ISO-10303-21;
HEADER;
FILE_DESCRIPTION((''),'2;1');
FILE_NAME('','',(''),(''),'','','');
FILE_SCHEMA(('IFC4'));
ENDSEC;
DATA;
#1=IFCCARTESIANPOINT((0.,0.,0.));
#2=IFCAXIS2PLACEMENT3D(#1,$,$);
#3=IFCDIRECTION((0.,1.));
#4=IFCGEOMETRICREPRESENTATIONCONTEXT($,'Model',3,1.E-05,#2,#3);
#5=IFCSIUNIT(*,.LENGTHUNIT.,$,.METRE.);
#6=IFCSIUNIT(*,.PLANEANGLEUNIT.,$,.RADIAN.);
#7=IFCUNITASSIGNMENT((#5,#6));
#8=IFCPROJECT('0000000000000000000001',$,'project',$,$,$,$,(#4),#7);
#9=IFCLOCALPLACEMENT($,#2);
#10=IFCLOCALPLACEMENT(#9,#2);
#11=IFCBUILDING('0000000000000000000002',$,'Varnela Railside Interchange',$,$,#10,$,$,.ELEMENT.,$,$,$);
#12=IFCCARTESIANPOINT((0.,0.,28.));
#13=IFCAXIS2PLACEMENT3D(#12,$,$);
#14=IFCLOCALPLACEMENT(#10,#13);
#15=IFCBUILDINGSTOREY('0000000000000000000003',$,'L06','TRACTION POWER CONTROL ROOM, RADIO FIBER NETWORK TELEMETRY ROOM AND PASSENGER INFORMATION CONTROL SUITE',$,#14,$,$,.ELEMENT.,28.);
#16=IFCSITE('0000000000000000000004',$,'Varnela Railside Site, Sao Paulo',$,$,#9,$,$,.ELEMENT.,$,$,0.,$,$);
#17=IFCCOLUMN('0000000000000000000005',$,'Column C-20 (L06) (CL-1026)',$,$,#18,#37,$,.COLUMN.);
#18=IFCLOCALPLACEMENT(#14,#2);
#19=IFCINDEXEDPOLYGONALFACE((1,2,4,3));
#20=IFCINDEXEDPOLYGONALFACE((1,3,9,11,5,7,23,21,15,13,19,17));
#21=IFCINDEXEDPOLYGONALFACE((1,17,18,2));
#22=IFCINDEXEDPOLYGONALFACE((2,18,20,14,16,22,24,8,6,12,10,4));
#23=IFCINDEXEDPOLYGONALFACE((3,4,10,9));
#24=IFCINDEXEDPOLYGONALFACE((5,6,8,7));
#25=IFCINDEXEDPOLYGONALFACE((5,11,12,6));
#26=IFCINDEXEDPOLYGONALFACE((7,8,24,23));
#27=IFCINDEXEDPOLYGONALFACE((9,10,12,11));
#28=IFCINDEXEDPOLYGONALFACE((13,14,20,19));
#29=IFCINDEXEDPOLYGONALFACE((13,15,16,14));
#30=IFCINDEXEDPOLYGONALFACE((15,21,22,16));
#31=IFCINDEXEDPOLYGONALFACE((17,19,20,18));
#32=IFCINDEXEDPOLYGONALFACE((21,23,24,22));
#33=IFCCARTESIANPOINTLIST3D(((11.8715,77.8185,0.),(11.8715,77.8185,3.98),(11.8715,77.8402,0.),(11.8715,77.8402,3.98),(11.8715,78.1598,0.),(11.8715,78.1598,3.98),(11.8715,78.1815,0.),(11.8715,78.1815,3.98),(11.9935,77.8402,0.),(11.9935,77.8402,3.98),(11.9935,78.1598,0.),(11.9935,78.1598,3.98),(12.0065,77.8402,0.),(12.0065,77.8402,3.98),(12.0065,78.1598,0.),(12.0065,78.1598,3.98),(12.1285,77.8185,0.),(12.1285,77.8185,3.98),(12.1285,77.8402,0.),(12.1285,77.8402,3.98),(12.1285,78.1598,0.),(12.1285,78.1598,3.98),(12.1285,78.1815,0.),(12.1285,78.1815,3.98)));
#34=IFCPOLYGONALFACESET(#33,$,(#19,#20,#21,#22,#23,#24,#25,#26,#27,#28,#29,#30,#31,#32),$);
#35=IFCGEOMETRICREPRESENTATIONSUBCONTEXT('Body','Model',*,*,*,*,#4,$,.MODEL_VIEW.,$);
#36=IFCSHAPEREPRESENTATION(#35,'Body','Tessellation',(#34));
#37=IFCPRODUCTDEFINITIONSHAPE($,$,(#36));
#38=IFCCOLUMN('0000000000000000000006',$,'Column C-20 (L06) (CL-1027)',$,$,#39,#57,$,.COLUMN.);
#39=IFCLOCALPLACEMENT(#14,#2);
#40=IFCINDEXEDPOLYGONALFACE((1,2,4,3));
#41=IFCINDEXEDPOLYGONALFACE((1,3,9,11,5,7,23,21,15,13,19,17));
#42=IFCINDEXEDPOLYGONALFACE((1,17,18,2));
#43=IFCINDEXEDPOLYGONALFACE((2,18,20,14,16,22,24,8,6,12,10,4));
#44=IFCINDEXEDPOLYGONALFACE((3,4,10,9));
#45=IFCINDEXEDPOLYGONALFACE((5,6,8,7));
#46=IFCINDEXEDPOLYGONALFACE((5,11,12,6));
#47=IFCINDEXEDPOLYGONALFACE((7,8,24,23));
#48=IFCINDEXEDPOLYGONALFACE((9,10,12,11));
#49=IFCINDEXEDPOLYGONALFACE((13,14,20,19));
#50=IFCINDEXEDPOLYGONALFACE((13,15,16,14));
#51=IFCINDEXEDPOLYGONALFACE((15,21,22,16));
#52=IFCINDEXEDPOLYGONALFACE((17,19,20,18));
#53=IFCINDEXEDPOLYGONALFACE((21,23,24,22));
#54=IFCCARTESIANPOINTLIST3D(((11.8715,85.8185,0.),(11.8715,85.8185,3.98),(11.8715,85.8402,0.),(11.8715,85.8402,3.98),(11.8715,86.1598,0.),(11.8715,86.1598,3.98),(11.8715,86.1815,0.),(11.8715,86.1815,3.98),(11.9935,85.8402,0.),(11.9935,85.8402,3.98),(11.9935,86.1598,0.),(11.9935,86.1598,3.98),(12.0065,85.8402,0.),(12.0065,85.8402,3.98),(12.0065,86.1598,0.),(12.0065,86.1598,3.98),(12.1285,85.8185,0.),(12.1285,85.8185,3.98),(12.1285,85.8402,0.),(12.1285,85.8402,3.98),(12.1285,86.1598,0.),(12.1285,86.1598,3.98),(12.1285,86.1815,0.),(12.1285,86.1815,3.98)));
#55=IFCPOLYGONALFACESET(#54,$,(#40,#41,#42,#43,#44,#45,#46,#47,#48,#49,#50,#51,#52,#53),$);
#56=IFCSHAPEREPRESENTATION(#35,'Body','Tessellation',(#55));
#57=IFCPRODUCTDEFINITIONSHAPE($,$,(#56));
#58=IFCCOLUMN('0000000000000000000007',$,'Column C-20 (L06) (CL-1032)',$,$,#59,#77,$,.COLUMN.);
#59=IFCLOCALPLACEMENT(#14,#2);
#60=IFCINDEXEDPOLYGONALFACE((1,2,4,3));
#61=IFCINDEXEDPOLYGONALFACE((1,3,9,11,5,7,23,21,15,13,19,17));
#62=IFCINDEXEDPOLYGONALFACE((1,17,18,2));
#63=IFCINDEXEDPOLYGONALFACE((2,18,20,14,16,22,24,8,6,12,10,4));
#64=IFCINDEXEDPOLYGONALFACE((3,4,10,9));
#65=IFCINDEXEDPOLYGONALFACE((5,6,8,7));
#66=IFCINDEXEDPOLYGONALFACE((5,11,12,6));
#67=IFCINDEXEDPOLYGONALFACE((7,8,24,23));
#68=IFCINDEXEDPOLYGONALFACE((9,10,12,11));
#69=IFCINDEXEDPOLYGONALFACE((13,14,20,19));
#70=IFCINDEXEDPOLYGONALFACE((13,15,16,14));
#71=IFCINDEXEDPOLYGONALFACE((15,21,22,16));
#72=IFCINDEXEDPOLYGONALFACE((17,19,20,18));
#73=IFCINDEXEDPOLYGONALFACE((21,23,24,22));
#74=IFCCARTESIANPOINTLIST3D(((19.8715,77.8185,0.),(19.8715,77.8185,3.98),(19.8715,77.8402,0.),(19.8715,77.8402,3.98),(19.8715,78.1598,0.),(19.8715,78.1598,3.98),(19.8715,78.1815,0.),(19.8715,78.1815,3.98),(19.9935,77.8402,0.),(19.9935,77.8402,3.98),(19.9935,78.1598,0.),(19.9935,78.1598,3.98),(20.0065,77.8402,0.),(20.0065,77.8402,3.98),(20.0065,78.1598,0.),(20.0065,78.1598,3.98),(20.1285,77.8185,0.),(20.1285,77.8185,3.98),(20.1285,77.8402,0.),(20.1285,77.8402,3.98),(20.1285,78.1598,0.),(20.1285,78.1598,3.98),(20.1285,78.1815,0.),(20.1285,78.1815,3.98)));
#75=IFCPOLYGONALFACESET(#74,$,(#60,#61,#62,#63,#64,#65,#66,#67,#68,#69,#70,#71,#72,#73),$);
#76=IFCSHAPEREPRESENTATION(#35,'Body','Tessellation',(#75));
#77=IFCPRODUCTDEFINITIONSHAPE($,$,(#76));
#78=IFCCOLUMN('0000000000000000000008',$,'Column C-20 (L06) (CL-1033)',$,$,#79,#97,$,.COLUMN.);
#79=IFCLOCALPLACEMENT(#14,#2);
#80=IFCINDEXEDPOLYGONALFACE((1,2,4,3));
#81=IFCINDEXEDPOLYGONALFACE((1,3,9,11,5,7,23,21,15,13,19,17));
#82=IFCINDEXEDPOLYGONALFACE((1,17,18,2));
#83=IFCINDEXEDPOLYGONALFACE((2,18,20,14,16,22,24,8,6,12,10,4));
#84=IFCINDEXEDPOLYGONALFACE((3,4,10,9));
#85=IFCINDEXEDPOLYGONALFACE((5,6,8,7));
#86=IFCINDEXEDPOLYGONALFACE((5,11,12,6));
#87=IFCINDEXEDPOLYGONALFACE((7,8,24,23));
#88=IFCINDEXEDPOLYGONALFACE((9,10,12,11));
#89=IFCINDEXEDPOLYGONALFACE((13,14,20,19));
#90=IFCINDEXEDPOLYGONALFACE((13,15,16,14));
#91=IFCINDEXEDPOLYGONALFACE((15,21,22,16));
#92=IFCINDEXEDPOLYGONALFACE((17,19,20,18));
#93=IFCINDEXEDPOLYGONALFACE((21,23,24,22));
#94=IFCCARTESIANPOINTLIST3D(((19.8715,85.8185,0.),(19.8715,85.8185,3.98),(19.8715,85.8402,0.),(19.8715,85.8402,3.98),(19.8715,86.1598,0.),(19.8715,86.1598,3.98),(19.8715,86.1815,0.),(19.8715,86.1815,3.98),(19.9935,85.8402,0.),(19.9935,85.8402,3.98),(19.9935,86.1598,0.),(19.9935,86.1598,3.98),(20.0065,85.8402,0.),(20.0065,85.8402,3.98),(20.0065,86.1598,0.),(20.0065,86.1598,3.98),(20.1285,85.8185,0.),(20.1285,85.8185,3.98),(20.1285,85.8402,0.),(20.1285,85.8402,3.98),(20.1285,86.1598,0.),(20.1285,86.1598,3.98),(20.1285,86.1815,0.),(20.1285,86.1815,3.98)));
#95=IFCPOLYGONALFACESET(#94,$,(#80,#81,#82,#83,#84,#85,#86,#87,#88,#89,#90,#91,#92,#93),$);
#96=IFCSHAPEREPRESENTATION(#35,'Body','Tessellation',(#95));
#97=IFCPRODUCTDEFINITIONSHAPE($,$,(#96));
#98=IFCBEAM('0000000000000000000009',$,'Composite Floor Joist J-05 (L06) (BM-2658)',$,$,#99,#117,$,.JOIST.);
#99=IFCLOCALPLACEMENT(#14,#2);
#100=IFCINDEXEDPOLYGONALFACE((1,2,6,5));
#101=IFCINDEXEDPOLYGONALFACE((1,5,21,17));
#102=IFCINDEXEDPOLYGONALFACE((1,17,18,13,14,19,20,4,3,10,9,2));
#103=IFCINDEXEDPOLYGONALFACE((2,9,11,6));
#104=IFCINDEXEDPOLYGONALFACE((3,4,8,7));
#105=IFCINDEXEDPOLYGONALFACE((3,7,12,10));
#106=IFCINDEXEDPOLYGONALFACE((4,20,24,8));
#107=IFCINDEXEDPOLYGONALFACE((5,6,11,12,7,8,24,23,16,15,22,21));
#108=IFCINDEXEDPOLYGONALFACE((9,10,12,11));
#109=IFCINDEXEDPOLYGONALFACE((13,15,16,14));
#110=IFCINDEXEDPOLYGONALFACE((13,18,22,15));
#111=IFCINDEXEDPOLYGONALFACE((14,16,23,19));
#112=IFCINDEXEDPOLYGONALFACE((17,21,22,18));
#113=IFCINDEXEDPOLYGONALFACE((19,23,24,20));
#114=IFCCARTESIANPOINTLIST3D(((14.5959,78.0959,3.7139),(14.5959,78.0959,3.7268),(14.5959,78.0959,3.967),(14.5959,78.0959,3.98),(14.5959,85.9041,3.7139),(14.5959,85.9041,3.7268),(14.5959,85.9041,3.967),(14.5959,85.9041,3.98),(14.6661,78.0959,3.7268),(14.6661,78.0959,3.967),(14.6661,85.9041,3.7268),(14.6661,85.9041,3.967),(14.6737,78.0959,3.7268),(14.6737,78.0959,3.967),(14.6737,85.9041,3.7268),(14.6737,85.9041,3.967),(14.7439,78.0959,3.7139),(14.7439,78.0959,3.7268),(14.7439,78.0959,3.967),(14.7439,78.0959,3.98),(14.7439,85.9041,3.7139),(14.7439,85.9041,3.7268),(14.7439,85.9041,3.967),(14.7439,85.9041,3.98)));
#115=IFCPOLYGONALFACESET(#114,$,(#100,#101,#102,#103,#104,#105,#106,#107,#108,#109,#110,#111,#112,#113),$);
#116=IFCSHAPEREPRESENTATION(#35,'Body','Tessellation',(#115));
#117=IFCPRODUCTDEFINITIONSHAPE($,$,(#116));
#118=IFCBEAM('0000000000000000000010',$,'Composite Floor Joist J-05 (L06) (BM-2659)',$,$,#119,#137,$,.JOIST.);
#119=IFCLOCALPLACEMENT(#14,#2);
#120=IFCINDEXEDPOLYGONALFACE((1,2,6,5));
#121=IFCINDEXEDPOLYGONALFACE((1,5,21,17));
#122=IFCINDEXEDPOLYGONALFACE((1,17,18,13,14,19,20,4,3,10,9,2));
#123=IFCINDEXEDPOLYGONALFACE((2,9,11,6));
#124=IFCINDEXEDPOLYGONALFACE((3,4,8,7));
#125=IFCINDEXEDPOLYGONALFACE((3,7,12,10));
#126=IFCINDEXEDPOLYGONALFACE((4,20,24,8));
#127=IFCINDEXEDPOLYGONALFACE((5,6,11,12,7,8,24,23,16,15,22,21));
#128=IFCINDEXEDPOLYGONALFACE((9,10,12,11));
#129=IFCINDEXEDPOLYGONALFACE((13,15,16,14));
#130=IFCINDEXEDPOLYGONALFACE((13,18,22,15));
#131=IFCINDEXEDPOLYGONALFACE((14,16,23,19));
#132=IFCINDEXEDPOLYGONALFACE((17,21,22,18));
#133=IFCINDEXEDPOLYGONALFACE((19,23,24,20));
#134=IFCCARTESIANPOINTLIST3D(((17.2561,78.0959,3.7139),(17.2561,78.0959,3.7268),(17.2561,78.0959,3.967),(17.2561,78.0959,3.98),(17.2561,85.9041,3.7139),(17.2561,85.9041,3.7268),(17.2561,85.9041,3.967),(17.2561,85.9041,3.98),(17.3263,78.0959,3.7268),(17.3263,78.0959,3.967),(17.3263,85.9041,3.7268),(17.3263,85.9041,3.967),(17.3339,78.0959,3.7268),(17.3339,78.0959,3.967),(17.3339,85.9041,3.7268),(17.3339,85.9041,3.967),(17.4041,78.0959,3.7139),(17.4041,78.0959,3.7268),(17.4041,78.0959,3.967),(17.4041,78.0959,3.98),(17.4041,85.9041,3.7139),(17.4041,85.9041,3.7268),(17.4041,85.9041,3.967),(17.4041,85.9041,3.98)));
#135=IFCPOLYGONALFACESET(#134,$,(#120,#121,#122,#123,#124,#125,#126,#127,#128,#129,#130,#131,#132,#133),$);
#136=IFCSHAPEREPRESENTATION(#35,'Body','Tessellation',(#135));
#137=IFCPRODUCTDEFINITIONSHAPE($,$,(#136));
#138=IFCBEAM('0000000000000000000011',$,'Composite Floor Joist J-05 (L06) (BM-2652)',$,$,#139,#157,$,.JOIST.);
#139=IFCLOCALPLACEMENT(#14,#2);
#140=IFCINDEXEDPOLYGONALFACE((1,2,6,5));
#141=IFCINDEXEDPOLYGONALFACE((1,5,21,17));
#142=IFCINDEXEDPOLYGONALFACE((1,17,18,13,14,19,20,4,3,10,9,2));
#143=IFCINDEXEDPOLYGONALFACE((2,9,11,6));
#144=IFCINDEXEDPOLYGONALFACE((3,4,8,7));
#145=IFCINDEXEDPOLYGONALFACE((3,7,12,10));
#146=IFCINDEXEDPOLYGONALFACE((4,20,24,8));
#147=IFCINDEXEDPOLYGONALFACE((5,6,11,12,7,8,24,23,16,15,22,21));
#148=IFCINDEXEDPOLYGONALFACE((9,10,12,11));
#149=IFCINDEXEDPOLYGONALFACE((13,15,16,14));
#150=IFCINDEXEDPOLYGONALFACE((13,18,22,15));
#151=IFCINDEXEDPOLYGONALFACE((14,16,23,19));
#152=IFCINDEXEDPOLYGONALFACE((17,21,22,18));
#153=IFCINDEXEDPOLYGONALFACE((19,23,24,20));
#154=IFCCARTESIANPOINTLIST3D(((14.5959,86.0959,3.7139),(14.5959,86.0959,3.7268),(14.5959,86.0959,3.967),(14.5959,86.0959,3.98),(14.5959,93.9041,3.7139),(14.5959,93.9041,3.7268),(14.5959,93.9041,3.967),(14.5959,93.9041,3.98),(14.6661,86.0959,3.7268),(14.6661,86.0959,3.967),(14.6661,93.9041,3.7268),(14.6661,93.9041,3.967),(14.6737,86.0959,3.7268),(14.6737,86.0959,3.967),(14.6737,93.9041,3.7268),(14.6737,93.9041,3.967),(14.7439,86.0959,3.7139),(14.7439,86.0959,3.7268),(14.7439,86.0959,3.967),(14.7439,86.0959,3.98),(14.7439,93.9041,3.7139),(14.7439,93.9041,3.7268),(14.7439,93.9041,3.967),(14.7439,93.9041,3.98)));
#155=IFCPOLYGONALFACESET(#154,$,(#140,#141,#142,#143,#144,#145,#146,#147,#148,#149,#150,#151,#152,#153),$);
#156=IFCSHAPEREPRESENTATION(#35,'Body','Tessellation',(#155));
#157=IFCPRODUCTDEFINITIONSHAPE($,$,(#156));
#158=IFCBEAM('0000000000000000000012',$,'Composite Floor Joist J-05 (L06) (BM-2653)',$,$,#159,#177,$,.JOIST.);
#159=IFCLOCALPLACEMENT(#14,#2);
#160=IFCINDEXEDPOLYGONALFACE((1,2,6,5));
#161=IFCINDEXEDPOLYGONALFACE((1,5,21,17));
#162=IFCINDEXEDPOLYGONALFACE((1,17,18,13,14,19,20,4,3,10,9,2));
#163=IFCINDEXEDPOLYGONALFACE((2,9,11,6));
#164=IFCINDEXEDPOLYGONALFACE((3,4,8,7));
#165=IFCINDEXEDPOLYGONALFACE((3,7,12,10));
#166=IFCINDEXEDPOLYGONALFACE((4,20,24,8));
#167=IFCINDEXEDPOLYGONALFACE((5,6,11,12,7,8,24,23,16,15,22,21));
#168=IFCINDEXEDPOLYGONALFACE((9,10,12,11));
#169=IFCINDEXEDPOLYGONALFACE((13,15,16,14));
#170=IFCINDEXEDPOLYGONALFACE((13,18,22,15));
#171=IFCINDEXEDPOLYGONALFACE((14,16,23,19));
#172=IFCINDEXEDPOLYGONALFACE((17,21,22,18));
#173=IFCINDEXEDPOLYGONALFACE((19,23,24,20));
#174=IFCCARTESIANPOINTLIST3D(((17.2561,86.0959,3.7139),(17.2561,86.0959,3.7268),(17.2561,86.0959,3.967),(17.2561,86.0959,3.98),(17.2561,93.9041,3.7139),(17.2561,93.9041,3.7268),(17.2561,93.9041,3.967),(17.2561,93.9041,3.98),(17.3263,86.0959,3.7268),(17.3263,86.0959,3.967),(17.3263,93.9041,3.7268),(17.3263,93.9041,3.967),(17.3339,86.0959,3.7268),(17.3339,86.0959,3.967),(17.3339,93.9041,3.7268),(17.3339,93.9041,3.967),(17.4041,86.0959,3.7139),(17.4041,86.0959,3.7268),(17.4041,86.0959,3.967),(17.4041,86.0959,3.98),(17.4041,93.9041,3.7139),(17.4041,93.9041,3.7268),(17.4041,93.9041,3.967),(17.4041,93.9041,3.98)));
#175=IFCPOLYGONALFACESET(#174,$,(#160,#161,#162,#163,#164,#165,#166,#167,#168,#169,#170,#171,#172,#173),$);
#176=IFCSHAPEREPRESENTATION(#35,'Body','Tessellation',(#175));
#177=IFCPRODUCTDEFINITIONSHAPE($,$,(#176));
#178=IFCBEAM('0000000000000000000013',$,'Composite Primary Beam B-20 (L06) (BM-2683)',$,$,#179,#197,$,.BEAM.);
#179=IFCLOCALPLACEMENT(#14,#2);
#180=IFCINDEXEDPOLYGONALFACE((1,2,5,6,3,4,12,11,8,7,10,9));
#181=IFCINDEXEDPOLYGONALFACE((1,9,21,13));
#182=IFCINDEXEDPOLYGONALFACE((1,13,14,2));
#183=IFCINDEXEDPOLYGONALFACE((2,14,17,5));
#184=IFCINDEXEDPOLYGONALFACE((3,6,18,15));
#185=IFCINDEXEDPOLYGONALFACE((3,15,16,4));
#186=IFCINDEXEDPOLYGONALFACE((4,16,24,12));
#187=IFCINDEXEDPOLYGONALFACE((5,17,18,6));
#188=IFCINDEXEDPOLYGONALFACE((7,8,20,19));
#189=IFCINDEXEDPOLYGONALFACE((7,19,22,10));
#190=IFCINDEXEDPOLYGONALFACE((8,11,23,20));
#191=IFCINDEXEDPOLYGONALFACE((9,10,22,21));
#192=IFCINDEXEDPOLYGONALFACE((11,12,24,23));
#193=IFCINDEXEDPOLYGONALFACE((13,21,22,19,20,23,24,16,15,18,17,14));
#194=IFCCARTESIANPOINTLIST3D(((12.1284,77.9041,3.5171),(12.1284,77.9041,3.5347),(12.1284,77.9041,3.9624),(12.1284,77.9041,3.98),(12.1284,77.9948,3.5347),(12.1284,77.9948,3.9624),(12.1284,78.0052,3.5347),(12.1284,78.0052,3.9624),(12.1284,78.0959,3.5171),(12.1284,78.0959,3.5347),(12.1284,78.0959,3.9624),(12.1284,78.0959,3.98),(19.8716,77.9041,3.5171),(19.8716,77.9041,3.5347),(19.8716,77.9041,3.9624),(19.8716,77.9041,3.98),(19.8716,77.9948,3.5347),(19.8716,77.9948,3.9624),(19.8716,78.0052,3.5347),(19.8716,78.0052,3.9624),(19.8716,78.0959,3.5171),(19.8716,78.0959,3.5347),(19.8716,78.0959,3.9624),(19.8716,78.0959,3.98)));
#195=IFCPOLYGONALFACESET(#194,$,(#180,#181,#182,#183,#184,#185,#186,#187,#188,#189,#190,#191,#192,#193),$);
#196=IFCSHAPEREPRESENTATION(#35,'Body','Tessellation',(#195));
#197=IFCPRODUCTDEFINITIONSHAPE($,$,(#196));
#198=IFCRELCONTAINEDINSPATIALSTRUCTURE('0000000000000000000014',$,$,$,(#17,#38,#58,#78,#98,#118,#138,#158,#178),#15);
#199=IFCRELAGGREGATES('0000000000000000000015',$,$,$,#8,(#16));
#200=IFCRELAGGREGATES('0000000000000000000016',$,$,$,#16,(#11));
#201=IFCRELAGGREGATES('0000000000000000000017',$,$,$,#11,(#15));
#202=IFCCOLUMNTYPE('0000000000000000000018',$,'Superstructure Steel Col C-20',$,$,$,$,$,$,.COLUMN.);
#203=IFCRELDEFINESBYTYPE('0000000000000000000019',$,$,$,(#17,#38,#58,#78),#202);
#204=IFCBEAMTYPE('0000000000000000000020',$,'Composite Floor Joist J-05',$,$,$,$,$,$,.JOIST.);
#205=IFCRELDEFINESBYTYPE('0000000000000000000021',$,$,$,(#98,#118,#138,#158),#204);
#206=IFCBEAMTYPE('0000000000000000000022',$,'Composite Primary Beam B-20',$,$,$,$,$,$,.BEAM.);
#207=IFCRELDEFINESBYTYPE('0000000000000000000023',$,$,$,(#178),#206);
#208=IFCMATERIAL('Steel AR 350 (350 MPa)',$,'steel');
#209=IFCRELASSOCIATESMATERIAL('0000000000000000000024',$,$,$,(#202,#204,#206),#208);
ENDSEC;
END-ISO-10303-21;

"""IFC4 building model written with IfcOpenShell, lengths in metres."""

from ifc_helpers import new_model, si_unit, direction, frame, origin, origin_2d, place, context, subcontext, project, spatial, i_section, extrude, material, material_profile, profile_set, type_object, element, save


model = new_model("IFC4")

# Units and contexts
model_context = context("Model", 3, precision=1e-05, world=origin(), true_north=direction((0.0, 1.0)))
body_context = subcontext(model_context, "Body", "Model", "MODEL_VIEW")
ifc_project = project(units=[si_unit("LENGTHUNIT", "METRE"), si_unit("PLANEANGLEUNIT", "RADIAN")], contexts=[model_context])

# Site, building, storey
site_placement = place(None, origin())
site = spatial("IfcSite", under=ifc_project, at=site_placement, Name="Varnela Railside Site, Sao Paulo", CompositionType="ELEMENT", RefElevation=0.0)
building_placement = place(site_placement, origin())
building = spatial("IfcBuilding", under=site, at=building_placement, Name="Varnela Railside Interchange", CompositionType="ELEMENT")
storey_placement = place(building_placement, frame((0.0, 0.0, 28.0)))
storey = spatial("IfcBuildingStorey", under=building, at=storey_placement, Name="L06", Description="TRACTION POWER CONTROL ROOM, RADIO FIBER NETWORK TELEMETRY ROOM AND PASSENGER INFORMATION CONTROL SUITE", CompositionType="ELEMENT", Elevation=28.0)

# Columns
ifc_material_1 = material(Name="Steel AR 350 (350 MPa)", Category="steel")
ifc_material_profile_1 = material_profile(ifc_material_1, i_section(OverallWidth=0.2571, OverallDepth=0.363, WebThickness=0.0129, FlangeThickness=0.0217, at=origin_2d()), Name="W360x122")
ifc_profile_set_1 = profile_set([ifc_material_profile_1], Name="Steel AR 350 (350 MPa)")
column_type = type_object("IfcColumnType", Name="Superstructure Steel Col C-20", PredefinedType="COLUMN", material=ifc_profile_set_1)
for number, where, z_axis, x_axis, name in (
    (1, (12.0, 78.0, 0.0), (0.0, 0.0, 1.0), (1.0, 0.0, 0.0), "Column C-20 (L06) (CL-1026)"),
    (2, (12.0, 86.0, 0.0), (0.0, 0.0, 1.0), (1.0, 0.0, 0.0), "Column C-20 (L06) (CL-1027)"),
    (3, (20.0, 78.0, 0.0), (0.0, 0.0, 1.0), (1.0, 0.0, 0.0), "Column C-20 (L06) (CL-1032)"),
    (4, (20.0, 86.0, 0.0), (0.0, 0.0, 1.0), (1.0, 0.0, 0.0), "Column C-20 (L06) (CL-1033)"),
):
    element("IfcColumn", number, at=place(storey_placement, frame(where, z_axis=z_axis, x_axis=x_axis)), inside=storey, type_object=column_type, Name=name, PredefinedType="COLUMN", context=body_context, shape_type="SweptSolid", body=[
        extrude(i_section(OverallWidth=0.2571, OverallDepth=0.363, WebThickness=0.0129, FlangeThickness=0.0217, at=origin_2d()), origin(), (0.0, 0.0, 1.0), 3.98),
    ])

# Beams
ifc_material_profile_2 = material_profile(ifc_material_1, i_section(OverallWidth=0.1479, OverallDepth=0.2661, WebThickness=0.0076, FlangeThickness=0.0129, at=origin_2d()), Name="W250x44.8")
ifc_profile_set_2 = profile_set([ifc_material_profile_2], Name="Steel AR 350 (350 MPa)")
beam_type_1 = type_object("IfcBeamType", Name="Composite Floor Joist J-05", PredefinedType="JOIST", material=ifc_profile_set_2)
for number, where, z_axis, x_axis, name in (
    (5, (14.6699, 78.0959, 3.8469), (0.0, 1.0, 0.0), (-1.0, 0.0, 0.0), "Composite Floor Joist J-05 (L06) (BM-2658)"),
    (6, (17.3301, 78.0959, 3.8469), (0.0, 1.0, 0.0), (-1.0, 0.0, 0.0), "Composite Floor Joist J-05 (L06) (BM-2659)"),
    (7, (14.6699, 86.0959, 3.8469), (0.0, 1.0, 0.0), (-1.0, 0.0, 0.0), "Composite Floor Joist J-05 (L06) (BM-2652)"),
    (8, (17.3301, 86.0959, 3.8469), (0.0, 1.0, 0.0), (-1.0, 0.0, 0.0), "Composite Floor Joist J-05 (L06) (BM-2653)"),
):
    element("IfcBeam", number, at=place(storey_placement, frame(where, z_axis=z_axis, x_axis=x_axis)), inside=storey, type_object=beam_type_1, Name=name, PredefinedType="JOIST", context=body_context, shape_type="SweptSolid", body=[
        extrude(i_section(OverallWidth=0.1479, OverallDepth=0.2661, WebThickness=0.0076, FlangeThickness=0.0129, at=origin_2d()), origin(), (0.0, 0.0, 1.0), 7.8081),
    ])
ifc_material_profile_3 = material_profile(ifc_material_1, i_section(OverallWidth=0.1919, OverallDepth=0.4629, WebThickness=0.0105, FlangeThickness=0.0176, at=origin_2d()), Name="W460x89")
ifc_profile_set_3 = profile_set([ifc_material_profile_3], Name="Steel AR 350 (350 MPa)")
beam_type_2 = type_object("IfcBeamType", Name="Composite Primary Beam B-20", PredefinedType="BEAM", material=ifc_profile_set_3)
for number, where, z_axis, x_axis, name in (
    (9, (12.1284, 78.0, 3.7485), (1.0, 0.0, 0.0), (0.0, 1.0, 0.0), "Composite Primary Beam B-20 (L06) (BM-2683)"),
):
    element("IfcBeam", number, at=place(storey_placement, frame(where, z_axis=z_axis, x_axis=x_axis)), inside=storey, type_object=beam_type_2, Name=name, PredefinedType="BEAM", context=body_context, shape_type="SweptSolid", body=[
        extrude(i_section(OverallWidth=0.1919, OverallDepth=0.4629, WebThickness=0.0105, FlangeThickness=0.0176, at=origin_2d()), origin(), (0.0, 0.0, 1.0), 7.7432),
    ])

save(model, "model.ifc")
